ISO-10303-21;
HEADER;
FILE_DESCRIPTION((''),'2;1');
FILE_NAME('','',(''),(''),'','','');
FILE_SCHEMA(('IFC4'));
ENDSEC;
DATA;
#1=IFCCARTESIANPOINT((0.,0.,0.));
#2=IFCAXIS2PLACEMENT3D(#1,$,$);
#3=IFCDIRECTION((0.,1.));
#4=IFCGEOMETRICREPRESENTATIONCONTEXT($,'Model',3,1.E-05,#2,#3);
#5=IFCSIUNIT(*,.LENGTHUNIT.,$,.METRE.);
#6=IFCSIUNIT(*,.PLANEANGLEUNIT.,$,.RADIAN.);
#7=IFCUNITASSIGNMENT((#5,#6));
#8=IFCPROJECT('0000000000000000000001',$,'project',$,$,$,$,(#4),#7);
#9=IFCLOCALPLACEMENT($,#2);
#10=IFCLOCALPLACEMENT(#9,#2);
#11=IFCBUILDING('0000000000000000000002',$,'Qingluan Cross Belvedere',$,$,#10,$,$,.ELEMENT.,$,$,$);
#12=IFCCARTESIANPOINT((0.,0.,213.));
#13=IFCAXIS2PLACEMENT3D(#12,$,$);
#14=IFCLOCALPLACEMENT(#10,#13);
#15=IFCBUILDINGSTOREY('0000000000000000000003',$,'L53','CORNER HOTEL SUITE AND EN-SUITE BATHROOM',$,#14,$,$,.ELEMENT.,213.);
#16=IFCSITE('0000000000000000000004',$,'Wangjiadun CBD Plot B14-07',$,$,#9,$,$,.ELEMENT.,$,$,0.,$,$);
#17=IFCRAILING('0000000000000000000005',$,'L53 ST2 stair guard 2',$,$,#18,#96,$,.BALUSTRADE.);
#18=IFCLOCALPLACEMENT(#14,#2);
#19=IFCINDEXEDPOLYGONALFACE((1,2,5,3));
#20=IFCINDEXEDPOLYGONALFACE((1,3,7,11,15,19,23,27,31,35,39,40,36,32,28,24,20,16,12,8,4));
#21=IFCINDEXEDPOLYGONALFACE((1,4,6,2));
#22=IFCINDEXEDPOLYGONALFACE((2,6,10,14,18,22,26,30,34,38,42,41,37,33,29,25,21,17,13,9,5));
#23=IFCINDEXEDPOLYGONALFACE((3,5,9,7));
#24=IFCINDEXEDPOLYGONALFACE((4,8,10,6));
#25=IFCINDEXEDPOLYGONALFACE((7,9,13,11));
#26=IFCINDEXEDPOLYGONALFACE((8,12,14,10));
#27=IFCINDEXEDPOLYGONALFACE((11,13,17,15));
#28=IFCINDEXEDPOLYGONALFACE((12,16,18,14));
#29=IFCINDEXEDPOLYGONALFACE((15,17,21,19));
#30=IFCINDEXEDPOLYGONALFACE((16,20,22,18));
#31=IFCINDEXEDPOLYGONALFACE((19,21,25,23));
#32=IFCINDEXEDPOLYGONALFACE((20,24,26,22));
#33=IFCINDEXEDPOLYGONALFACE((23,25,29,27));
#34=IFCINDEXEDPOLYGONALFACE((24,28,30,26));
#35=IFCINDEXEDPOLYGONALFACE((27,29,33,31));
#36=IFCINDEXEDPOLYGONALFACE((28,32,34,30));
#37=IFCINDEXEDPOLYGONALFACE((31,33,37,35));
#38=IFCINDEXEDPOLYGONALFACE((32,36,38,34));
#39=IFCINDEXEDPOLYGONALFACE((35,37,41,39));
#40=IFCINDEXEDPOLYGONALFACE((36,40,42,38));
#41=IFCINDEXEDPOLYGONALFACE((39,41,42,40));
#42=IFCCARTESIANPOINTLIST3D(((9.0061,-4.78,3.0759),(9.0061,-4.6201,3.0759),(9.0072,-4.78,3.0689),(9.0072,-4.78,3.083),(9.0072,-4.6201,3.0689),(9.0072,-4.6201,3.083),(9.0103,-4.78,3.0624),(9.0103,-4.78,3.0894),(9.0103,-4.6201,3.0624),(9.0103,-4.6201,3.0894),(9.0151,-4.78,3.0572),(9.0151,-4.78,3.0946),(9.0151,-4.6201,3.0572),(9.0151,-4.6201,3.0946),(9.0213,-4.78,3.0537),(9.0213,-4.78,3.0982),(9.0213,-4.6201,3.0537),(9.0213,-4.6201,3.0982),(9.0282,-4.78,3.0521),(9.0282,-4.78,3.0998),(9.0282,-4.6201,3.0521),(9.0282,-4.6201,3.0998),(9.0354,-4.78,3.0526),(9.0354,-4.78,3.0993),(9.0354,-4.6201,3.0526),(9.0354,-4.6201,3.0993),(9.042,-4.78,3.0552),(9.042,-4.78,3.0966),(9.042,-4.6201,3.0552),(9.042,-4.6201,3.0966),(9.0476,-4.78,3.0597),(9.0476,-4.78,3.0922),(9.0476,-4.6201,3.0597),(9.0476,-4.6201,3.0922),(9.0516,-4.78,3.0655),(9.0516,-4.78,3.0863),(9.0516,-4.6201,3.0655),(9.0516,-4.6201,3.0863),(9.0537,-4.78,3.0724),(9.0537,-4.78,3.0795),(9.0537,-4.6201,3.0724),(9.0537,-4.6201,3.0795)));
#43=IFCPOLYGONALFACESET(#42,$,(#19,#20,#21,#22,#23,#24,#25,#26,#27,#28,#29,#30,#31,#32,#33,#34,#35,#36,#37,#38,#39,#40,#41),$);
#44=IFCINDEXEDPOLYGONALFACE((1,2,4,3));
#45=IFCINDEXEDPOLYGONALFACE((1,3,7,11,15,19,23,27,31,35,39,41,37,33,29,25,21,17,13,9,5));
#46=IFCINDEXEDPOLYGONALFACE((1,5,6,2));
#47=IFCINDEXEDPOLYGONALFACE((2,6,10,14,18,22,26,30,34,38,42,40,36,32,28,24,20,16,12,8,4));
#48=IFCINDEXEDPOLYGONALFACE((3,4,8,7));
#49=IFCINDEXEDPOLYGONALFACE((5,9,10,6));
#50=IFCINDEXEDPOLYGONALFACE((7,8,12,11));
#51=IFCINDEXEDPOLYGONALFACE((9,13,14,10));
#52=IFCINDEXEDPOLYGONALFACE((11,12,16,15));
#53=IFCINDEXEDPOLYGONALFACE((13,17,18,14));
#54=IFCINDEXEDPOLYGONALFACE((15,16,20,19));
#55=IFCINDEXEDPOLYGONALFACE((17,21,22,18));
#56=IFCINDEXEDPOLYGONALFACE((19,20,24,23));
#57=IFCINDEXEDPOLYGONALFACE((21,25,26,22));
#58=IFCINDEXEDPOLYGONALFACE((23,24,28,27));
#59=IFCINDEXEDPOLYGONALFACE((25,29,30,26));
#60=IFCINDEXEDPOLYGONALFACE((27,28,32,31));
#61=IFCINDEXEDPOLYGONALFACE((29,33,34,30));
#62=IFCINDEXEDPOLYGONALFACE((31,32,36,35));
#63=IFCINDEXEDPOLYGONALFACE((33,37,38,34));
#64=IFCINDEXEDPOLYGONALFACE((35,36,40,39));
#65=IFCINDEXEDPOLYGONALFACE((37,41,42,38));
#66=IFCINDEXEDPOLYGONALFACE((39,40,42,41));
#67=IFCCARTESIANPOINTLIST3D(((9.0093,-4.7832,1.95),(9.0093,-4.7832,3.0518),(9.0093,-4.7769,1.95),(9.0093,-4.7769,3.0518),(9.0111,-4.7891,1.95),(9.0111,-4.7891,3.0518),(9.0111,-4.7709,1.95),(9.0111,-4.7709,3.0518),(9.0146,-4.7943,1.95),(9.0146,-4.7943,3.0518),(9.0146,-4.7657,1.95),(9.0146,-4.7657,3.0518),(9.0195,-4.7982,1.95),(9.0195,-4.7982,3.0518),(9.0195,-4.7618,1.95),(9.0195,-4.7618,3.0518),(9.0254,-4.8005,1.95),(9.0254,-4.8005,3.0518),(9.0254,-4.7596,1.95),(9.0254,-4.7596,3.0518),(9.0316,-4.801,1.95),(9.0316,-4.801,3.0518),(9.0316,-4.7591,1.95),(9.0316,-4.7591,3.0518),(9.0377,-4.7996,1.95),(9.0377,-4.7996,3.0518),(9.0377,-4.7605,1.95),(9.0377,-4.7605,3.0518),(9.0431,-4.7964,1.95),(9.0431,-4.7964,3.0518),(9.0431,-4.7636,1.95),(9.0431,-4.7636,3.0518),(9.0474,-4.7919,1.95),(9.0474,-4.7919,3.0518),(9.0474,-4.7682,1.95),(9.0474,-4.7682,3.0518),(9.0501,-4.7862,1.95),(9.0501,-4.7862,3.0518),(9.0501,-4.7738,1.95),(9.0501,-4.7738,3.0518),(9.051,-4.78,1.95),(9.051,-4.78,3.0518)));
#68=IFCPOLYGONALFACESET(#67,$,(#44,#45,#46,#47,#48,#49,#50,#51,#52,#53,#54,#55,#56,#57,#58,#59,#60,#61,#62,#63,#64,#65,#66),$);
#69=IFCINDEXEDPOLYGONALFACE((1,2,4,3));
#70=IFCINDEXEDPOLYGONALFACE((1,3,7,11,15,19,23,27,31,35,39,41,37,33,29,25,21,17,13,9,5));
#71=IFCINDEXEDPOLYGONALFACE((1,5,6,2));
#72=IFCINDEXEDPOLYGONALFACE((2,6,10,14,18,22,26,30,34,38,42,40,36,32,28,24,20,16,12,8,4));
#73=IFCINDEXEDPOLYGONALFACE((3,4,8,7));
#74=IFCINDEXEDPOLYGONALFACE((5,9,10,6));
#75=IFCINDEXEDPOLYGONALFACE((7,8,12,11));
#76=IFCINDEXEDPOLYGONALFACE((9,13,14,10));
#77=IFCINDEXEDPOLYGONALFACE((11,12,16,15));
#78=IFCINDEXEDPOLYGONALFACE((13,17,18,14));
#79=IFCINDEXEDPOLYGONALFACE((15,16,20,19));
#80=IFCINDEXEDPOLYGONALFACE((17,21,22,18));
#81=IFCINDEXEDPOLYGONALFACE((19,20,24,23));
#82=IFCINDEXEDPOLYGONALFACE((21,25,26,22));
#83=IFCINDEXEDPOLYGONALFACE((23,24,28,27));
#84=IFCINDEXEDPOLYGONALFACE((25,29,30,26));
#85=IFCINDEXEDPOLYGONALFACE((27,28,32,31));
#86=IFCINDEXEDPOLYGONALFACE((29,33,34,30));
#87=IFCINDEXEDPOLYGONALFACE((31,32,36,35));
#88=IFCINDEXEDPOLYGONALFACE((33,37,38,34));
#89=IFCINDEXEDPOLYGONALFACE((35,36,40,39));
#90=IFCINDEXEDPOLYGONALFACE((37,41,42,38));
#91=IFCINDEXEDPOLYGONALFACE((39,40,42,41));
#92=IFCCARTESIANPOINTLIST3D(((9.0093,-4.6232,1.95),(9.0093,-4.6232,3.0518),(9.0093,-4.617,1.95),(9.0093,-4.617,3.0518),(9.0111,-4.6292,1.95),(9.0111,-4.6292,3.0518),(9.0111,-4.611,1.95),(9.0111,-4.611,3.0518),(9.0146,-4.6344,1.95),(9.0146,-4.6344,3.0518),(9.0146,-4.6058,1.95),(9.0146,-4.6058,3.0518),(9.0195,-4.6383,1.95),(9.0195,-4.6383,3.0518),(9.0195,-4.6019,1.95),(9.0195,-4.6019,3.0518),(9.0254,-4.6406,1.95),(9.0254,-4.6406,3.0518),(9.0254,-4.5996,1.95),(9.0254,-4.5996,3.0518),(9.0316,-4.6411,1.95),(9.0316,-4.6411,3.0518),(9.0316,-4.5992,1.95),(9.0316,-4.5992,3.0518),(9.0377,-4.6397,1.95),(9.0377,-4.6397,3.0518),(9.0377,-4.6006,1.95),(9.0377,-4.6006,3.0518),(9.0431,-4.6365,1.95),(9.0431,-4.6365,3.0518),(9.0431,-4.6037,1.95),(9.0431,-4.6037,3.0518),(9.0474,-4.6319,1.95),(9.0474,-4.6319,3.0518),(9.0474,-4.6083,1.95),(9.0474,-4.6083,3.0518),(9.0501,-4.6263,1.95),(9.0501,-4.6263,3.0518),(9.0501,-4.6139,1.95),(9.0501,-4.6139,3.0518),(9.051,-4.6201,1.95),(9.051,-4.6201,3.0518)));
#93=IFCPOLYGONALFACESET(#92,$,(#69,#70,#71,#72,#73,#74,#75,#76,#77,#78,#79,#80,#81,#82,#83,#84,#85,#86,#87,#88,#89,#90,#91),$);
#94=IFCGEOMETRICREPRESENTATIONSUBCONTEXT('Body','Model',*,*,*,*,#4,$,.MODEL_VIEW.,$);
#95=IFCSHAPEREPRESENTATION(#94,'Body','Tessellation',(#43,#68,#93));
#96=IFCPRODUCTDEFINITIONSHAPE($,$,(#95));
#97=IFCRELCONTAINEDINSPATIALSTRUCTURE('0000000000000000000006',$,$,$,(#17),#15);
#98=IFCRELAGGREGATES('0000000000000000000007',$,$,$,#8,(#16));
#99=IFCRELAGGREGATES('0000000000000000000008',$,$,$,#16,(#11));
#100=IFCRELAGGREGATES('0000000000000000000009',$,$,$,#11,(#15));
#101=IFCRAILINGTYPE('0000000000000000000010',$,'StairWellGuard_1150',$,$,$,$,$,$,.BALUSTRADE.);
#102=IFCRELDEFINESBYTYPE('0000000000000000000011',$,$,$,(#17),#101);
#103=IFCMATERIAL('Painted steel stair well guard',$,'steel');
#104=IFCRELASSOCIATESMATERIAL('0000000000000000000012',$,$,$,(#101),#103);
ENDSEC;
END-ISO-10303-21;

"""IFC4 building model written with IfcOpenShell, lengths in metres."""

from ifc_helpers import new_model, si_unit, direction, frame, origin, origin_2d, place, context, subcontext, project, spatial, circle, extrude, material, type_object, element, save


model = new_model("IFC4")

# Units and contexts
model_context = context("Model", 3, precision=1e-05, world=origin(), true_north=direction((0.0, 1.0)))
body_context = subcontext(model_context, "Body", "Model", "MODEL_VIEW")
ifc_project = project(units=[si_unit("LENGTHUNIT", "METRE"), si_unit("PLANEANGLEUNIT", "RADIAN")], contexts=[model_context])

# Site, building, storey
site_placement = place(None, origin())
site = spatial("IfcSite", under=ifc_project, at=site_placement, Name="Wangjiadun CBD Plot B14-07", CompositionType="ELEMENT", RefElevation=0.0)
building_placement = place(site_placement, origin())
building = spatial("IfcBuilding", under=site, at=building_placement, Name="Qingluan Cross Belvedere", CompositionType="ELEMENT")
storey_placement = place(building_placement, frame((0.0, 0.0, 213.0)))
storey = spatial("IfcBuildingStorey", under=building, at=storey_placement, Name="L53", Description="CORNER HOTEL SUITE AND EN-SUITE BATHROOM", CompositionType="ELEMENT", Elevation=213.0)

# Railing
ifc_material_1 = material(Name="Painted steel stair well guard", Category="steel")
railing_type_1 = type_object("IfcRailingType", Name="StairWellGuard_1150", PredefinedType="BALUSTRADE", material=ifc_material_1)
railing_1_placement = place(storey_placement, frame((9.03, -4.78, 1.95)))
element("IfcRailing", 1, at=railing_1_placement, inside=storey, type_object=railing_type_1, Name="L53 ST2 stair guard 2", PredefinedType="BALUSTRADE", context=body_context, shape_type="SweptSolid", body=[
    extrude(circle(Radius=0.0239, at=origin_2d()), frame((0.0, 0.0, 1.126), z_axis=(0.0, 1.0, 0.0), x_axis=(-1.0, 0.0, 0.0)), (0.0, 0.0, 1.0), 0.1599),
    extrude(circle(Radius=0.021, at=origin_2d()), origin(), (0.0, 0.0, 1.0), 1.1018),
    extrude(circle(Radius=0.021, at=origin_2d()), frame((0.0, 0.1599, 0.0)), (0.0, 0.0, 1.0), 1.1018),
])

save(model, "model.ifc")
